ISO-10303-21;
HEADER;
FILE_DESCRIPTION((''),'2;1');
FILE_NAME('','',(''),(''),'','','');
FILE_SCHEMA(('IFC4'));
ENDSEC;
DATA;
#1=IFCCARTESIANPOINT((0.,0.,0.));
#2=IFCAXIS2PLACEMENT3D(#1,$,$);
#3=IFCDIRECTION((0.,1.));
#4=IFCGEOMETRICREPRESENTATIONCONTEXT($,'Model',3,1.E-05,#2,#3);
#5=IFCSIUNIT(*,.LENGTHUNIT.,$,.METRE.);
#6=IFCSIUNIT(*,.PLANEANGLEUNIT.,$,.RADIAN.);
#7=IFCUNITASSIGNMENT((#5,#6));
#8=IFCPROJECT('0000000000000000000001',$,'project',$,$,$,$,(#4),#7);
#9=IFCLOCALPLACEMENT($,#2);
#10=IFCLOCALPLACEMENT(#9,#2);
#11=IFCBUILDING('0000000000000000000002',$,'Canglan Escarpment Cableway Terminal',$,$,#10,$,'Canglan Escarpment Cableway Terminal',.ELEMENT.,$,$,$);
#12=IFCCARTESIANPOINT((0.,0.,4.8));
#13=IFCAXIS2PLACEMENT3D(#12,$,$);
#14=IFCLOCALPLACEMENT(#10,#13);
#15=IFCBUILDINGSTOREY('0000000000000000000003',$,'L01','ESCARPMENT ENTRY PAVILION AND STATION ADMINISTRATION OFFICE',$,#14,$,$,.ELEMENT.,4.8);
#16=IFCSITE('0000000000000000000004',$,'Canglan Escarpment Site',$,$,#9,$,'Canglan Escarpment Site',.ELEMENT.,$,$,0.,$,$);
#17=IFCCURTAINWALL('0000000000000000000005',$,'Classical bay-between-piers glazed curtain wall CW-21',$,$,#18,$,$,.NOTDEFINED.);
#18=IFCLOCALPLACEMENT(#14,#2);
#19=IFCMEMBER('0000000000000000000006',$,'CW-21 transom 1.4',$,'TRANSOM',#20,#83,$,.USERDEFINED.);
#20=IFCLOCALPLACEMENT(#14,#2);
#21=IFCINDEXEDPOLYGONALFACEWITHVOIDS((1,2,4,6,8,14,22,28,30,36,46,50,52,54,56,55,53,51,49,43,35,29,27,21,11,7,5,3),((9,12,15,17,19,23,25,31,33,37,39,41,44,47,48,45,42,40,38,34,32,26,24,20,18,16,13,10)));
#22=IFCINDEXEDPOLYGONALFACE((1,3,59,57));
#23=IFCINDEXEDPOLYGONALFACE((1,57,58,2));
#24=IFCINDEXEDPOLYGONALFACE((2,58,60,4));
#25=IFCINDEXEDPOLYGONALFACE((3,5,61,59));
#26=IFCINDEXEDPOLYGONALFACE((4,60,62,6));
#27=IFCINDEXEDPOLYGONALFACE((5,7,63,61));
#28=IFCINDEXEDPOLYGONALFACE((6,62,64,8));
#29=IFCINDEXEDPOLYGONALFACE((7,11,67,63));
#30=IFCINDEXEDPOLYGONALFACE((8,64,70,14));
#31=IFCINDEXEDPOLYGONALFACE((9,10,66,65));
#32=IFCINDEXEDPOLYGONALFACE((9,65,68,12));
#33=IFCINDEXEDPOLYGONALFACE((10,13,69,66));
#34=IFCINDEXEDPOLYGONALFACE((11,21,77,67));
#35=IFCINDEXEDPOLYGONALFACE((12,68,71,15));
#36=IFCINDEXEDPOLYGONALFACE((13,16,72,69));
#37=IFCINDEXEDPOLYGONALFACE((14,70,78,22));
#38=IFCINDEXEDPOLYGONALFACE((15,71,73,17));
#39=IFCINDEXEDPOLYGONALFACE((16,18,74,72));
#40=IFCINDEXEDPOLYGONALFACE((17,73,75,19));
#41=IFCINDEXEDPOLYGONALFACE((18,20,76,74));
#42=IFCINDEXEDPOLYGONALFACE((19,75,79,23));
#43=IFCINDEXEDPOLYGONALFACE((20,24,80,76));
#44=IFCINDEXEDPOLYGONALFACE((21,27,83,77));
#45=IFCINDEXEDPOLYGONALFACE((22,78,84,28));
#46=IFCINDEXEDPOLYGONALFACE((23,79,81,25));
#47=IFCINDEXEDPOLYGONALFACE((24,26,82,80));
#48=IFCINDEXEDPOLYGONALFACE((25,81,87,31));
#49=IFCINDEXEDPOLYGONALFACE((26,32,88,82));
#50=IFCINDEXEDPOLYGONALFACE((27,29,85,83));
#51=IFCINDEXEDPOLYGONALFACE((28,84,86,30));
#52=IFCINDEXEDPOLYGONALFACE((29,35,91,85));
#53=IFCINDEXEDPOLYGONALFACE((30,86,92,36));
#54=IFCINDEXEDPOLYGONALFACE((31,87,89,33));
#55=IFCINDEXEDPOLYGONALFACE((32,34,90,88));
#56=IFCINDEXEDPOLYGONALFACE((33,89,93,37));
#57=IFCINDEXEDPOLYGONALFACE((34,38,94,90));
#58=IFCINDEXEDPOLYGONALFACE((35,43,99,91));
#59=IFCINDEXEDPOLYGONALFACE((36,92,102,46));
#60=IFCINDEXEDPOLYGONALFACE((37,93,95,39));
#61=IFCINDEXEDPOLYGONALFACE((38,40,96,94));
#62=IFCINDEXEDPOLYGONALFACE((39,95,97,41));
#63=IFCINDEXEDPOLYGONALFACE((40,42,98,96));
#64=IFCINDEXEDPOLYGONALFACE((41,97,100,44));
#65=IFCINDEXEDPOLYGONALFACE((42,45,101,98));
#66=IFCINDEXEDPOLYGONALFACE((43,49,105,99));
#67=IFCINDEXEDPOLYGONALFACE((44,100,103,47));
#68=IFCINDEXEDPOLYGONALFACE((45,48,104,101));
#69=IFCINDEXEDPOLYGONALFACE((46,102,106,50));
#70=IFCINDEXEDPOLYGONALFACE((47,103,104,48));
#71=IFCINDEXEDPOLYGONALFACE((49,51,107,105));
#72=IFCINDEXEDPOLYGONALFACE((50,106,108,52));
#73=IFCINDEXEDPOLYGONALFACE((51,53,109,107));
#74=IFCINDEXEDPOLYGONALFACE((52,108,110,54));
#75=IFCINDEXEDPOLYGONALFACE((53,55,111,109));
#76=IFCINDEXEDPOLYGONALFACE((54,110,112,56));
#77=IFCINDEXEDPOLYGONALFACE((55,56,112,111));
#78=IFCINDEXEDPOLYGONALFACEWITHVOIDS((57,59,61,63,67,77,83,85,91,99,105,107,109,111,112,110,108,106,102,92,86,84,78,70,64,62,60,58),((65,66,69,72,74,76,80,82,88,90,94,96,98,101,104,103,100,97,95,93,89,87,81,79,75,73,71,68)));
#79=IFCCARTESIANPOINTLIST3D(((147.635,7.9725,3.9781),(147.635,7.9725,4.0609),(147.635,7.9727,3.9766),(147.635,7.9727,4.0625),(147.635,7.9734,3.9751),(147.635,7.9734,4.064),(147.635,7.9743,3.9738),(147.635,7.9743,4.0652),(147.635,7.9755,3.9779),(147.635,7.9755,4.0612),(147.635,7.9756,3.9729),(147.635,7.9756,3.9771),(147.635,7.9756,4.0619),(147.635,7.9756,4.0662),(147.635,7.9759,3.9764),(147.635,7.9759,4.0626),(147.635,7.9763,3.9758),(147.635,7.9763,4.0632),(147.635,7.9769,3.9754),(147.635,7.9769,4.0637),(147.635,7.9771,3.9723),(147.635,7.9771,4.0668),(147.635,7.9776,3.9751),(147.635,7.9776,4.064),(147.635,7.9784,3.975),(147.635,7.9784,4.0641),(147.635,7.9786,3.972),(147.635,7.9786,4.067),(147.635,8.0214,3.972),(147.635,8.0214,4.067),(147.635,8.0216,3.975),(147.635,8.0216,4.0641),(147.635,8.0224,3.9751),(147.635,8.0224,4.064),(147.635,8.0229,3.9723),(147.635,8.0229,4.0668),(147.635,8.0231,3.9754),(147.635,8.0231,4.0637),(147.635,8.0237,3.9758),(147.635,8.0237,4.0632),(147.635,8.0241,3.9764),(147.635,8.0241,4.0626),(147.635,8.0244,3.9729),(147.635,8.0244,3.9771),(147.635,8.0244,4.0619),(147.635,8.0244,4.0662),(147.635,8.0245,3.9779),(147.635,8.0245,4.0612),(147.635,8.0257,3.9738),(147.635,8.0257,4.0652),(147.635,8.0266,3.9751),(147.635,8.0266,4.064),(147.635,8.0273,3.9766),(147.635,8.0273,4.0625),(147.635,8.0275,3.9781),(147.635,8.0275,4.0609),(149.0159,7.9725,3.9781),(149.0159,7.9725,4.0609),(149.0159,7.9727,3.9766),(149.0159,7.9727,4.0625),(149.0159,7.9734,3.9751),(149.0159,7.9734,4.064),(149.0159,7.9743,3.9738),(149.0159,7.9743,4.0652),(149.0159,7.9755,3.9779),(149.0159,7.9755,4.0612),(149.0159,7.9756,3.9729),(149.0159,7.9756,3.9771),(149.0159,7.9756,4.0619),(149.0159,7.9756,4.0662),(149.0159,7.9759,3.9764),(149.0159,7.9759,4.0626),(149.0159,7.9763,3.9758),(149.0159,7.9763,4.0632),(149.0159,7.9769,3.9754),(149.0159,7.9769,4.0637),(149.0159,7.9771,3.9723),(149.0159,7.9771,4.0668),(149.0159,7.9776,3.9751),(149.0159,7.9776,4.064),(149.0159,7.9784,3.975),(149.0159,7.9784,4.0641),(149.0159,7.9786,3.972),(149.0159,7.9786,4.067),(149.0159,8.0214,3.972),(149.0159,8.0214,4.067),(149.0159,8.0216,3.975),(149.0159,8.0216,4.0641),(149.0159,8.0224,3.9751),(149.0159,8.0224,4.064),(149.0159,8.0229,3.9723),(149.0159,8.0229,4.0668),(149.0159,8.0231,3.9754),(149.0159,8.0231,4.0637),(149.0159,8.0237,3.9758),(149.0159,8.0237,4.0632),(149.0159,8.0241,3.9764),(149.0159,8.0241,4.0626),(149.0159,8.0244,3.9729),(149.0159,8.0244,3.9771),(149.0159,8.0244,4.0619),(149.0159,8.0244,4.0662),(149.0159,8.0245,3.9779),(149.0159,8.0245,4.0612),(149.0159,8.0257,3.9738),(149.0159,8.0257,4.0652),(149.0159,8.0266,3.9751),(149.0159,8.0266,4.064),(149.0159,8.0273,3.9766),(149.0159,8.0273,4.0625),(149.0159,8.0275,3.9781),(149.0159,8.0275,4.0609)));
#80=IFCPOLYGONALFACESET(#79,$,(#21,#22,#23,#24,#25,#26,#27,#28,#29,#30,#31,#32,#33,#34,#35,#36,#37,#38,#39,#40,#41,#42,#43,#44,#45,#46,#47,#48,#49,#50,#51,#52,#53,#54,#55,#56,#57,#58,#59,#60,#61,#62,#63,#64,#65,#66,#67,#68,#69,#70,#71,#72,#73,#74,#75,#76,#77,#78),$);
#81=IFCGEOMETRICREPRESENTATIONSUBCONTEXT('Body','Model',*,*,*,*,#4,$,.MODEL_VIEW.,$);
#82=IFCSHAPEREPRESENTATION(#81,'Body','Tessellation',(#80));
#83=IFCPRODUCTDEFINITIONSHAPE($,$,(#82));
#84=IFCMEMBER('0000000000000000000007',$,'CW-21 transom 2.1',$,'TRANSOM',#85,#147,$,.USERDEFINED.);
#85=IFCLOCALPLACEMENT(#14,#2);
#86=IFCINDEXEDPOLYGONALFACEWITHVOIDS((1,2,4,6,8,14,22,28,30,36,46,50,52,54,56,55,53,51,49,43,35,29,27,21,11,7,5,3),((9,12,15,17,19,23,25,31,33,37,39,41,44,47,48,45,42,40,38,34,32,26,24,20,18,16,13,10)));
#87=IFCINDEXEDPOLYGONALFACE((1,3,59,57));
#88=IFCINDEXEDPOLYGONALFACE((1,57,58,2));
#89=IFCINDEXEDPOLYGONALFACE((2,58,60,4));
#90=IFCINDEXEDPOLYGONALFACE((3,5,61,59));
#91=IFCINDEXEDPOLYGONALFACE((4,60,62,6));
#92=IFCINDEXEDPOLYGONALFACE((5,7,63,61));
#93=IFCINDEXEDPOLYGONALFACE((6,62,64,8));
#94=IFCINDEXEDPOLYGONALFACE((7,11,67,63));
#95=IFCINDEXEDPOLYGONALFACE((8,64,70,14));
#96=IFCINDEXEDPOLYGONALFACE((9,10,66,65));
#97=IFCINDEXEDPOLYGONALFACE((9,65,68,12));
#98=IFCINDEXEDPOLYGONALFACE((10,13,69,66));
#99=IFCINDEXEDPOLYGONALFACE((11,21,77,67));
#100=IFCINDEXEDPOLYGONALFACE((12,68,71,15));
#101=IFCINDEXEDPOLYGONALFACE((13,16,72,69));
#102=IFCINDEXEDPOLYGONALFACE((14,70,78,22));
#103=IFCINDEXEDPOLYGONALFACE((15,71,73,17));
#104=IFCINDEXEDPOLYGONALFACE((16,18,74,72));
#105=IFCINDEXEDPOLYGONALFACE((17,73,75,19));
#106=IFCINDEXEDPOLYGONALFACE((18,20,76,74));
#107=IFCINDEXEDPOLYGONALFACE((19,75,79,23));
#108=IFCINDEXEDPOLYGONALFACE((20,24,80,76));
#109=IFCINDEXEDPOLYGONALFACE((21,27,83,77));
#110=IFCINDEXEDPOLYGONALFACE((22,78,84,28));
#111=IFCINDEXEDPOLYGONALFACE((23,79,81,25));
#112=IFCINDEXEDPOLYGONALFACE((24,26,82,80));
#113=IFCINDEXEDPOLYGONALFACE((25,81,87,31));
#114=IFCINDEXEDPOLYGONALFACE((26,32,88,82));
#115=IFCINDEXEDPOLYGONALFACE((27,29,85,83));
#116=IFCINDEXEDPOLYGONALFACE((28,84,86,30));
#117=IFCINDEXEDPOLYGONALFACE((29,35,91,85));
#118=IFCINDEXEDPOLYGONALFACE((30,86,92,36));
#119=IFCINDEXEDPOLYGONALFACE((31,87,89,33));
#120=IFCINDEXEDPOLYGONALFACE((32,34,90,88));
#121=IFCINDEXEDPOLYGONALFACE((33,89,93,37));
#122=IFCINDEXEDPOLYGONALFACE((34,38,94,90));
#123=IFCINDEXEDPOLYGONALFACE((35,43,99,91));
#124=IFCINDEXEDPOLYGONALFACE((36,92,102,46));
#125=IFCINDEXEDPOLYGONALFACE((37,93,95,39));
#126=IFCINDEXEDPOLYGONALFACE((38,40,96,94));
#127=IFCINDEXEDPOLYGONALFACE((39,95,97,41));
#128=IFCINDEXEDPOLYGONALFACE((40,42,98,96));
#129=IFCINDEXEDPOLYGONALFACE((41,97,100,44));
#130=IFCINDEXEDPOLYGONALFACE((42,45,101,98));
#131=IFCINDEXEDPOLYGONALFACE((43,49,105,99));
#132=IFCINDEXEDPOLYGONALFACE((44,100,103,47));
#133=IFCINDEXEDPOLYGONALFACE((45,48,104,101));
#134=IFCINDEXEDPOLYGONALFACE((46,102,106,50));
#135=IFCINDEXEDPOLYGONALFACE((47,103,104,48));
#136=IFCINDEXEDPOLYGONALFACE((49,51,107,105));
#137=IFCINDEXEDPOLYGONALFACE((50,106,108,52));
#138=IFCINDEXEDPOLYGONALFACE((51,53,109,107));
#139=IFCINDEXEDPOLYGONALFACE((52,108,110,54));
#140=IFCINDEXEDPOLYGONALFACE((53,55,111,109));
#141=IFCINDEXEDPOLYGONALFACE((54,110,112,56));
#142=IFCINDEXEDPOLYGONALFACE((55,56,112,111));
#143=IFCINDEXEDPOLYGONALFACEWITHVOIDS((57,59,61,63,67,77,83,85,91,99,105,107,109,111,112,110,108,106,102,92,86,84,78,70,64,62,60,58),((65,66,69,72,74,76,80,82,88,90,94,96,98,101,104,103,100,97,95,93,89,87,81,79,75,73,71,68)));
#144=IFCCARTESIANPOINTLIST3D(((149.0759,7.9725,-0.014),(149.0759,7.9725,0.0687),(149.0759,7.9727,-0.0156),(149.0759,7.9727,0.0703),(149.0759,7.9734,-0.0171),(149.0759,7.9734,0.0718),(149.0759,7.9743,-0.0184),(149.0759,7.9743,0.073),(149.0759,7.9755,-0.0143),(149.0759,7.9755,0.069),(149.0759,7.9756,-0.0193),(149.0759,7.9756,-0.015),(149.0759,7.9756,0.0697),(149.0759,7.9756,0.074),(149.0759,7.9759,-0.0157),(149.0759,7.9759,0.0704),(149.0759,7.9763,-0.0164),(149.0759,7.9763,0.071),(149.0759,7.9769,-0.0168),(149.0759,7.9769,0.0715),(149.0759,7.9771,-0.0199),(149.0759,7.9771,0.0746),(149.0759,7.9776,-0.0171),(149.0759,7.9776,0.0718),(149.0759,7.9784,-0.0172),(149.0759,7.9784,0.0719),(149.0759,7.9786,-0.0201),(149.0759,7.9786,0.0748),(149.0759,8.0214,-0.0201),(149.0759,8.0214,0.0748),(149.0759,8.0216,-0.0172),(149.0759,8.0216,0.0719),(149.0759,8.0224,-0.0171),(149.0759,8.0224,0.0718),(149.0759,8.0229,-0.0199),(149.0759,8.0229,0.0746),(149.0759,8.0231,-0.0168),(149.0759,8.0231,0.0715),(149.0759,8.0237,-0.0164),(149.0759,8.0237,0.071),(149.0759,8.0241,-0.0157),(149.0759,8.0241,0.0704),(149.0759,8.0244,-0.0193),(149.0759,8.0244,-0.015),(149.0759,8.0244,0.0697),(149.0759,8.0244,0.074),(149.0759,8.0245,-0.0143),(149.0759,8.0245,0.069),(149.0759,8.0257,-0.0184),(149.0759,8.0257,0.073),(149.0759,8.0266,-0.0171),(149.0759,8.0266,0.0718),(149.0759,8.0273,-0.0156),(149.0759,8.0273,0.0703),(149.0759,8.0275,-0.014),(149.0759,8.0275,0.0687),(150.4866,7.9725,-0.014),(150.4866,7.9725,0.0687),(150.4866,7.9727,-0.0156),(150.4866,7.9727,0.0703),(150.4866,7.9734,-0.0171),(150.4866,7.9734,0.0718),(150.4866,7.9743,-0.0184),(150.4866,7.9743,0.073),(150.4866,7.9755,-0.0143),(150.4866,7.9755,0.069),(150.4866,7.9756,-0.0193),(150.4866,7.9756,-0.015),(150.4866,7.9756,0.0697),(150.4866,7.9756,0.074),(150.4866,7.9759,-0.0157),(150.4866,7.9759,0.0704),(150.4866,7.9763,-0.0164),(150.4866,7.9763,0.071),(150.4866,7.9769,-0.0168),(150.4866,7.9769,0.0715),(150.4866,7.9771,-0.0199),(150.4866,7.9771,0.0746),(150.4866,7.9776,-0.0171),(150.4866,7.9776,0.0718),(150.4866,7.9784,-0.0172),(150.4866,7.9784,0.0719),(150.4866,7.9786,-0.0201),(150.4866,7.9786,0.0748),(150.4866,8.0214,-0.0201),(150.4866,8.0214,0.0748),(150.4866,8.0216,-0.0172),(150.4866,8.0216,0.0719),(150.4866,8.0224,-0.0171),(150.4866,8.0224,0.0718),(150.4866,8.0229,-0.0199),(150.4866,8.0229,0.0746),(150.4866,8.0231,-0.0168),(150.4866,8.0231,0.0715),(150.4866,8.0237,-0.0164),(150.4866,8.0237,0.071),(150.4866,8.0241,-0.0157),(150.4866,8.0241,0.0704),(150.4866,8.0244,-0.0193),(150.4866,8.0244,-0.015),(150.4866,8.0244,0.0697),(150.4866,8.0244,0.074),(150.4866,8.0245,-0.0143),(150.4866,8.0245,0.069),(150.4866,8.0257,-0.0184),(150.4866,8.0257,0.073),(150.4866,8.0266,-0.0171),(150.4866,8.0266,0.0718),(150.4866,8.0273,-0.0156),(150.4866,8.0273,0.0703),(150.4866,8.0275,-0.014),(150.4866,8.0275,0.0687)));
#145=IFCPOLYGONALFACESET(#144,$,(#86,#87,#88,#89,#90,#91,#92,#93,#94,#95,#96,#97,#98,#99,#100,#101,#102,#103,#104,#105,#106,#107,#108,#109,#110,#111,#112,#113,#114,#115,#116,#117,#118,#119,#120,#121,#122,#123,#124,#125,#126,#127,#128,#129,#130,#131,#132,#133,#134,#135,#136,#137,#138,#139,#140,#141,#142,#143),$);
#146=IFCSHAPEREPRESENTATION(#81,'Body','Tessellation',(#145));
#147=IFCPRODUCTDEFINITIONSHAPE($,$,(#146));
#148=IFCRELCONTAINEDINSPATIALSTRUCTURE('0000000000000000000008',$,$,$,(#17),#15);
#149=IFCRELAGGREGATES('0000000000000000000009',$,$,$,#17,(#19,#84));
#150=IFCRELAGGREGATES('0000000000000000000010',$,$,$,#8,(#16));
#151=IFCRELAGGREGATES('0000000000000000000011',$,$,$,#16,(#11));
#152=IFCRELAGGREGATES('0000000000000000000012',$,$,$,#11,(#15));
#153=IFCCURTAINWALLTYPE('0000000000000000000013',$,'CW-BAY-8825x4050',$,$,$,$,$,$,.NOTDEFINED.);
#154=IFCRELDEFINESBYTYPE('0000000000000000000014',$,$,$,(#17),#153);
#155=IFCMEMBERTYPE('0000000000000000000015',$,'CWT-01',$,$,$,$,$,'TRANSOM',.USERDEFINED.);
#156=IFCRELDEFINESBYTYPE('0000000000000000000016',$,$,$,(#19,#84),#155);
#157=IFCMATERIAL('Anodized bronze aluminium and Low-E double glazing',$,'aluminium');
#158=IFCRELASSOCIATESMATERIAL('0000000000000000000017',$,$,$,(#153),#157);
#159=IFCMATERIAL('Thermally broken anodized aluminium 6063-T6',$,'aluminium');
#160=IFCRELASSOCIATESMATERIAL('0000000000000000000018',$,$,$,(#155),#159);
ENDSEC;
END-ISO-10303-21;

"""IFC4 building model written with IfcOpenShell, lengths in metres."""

from ifc_helpers import new_model, si_unit, direction, frame, origin, origin_2d, place, context, subcontext, project, spatial, hollow_rectangle, extrude, material, material_profile, profile_set, type_object, element, aggregate, save


model = new_model("IFC4")

# Units and contexts
model_context = context("Model", 3, precision=1e-05, world=origin(), true_north=direction((0.0, 1.0)))
body_context = subcontext(model_context, "Body", "Model", "MODEL_VIEW")
ifc_project = project(units=[si_unit("LENGTHUNIT", "METRE"), si_unit("PLANEANGLEUNIT", "RADIAN")], contexts=[model_context])

# Site, building, storey
site_placement = place(None, origin())
site = spatial("IfcSite", under=ifc_project, at=site_placement, Name="Canglan Escarpment Site", LongName="Canglan Escarpment Site", CompositionType="ELEMENT", RefElevation=0.0)
building_placement = place(site_placement, origin())
building = spatial("IfcBuilding", under=site, at=building_placement, Name="Canglan Escarpment Cableway Terminal", LongName="Canglan Escarpment Cableway Terminal", CompositionType="ELEMENT")
storey_placement = place(building_placement, frame((0.0, 0.0, 4.8)))
storey = spatial("IfcBuildingStorey", under=building, at=storey_placement, Name="L01", Description="ESCARPMENT ENTRY PAVILION AND STATION ADMINISTRATION OFFICE", CompositionType="ELEMENT", Elevation=4.8)

# Curtain wall, members
ifc_material_1 = material(Name="Anodized bronze aluminium and Low-E double glazing", Category="aluminium")
curtain_wall_type = type_object("IfcCurtainWallType", Name="CW-BAY-8825x4050", PredefinedType="NOTDEFINED", material=ifc_material_1)
curtain_wall_placement = place(storey_placement, origin())
curtain_wall = element("IfcCurtainWall", 1, at=curtain_wall_placement, inside=storey, type_object=curtain_wall_type, Name="Classical bay-between-piers glazed curtain wall CW-21", PredefinedType="NOTDEFINED")
ifc_material_2 = material(Name="Thermally broken anodized aluminium 6063-T6", Category="aluminium")
ifc_material_profile_1 = material_profile(ifc_material_2, hollow_rectangle(XDim=0.0549, YDim=0.095, WallThickness=0.0029, InnerFilletRadius=0.0029, OuterFilletRadius=0.0061, at=origin_2d()), Name="ALU-TRAN 55x95x3")
ifc_profile_set_1 = profile_set([ifc_material_profile_1], Name="Thermally broken anodized aluminium 6063-T6")
member_type_1 = type_object("IfcMemberType", Name="CWT-01", ElementType="TRANSOM", PredefinedType="USERDEFINED", material=ifc_profile_set_1)
member_1_placement = place(storey_placement, frame((147.635, 8.0, 4.0195), z_axis=(1.0, 0.0, 0.0), x_axis=(0.0, 1.0, 0.0)))
member_1 = element("IfcMember", 2, at=member_1_placement, type_object=member_type_1, Name="CW-21 transom 1.4", ObjectType="TRANSOM", PredefinedType="USERDEFINED", context=body_context, shape_type="SweptSolid", body=[
    extrude(hollow_rectangle(XDim=0.0549, YDim=0.095, WallThickness=0.0029, InnerFilletRadius=0.0029, OuterFilletRadius=0.0061, at=origin_2d()), origin(), (0.0, 0.0, 1.0), 1.3809),
])
member_2_placement = place(storey_placement, frame((149.0759, 8.0, 0.0273), z_axis=(1.0, 0.0, 0.0), x_axis=(0.0, 1.0, 0.0)))
member_2 = element("IfcMember", 3, at=member_2_placement, type_object=member_type_1, Name="CW-21 transom 2.1", ObjectType="TRANSOM", PredefinedType="USERDEFINED", context=body_context, shape_type="SweptSolid", body=[
    extrude(hollow_rectangle(XDim=0.0549, YDim=0.095, WallThickness=0.0029, InnerFilletRadius=0.0029, OuterFilletRadius=0.0061, at=origin_2d()), origin(), (0.0, 0.0, 1.0), 1.4106),
])
aggregate(curtain_wall, [member_1, member_2])

save(model, "model.ifc")
